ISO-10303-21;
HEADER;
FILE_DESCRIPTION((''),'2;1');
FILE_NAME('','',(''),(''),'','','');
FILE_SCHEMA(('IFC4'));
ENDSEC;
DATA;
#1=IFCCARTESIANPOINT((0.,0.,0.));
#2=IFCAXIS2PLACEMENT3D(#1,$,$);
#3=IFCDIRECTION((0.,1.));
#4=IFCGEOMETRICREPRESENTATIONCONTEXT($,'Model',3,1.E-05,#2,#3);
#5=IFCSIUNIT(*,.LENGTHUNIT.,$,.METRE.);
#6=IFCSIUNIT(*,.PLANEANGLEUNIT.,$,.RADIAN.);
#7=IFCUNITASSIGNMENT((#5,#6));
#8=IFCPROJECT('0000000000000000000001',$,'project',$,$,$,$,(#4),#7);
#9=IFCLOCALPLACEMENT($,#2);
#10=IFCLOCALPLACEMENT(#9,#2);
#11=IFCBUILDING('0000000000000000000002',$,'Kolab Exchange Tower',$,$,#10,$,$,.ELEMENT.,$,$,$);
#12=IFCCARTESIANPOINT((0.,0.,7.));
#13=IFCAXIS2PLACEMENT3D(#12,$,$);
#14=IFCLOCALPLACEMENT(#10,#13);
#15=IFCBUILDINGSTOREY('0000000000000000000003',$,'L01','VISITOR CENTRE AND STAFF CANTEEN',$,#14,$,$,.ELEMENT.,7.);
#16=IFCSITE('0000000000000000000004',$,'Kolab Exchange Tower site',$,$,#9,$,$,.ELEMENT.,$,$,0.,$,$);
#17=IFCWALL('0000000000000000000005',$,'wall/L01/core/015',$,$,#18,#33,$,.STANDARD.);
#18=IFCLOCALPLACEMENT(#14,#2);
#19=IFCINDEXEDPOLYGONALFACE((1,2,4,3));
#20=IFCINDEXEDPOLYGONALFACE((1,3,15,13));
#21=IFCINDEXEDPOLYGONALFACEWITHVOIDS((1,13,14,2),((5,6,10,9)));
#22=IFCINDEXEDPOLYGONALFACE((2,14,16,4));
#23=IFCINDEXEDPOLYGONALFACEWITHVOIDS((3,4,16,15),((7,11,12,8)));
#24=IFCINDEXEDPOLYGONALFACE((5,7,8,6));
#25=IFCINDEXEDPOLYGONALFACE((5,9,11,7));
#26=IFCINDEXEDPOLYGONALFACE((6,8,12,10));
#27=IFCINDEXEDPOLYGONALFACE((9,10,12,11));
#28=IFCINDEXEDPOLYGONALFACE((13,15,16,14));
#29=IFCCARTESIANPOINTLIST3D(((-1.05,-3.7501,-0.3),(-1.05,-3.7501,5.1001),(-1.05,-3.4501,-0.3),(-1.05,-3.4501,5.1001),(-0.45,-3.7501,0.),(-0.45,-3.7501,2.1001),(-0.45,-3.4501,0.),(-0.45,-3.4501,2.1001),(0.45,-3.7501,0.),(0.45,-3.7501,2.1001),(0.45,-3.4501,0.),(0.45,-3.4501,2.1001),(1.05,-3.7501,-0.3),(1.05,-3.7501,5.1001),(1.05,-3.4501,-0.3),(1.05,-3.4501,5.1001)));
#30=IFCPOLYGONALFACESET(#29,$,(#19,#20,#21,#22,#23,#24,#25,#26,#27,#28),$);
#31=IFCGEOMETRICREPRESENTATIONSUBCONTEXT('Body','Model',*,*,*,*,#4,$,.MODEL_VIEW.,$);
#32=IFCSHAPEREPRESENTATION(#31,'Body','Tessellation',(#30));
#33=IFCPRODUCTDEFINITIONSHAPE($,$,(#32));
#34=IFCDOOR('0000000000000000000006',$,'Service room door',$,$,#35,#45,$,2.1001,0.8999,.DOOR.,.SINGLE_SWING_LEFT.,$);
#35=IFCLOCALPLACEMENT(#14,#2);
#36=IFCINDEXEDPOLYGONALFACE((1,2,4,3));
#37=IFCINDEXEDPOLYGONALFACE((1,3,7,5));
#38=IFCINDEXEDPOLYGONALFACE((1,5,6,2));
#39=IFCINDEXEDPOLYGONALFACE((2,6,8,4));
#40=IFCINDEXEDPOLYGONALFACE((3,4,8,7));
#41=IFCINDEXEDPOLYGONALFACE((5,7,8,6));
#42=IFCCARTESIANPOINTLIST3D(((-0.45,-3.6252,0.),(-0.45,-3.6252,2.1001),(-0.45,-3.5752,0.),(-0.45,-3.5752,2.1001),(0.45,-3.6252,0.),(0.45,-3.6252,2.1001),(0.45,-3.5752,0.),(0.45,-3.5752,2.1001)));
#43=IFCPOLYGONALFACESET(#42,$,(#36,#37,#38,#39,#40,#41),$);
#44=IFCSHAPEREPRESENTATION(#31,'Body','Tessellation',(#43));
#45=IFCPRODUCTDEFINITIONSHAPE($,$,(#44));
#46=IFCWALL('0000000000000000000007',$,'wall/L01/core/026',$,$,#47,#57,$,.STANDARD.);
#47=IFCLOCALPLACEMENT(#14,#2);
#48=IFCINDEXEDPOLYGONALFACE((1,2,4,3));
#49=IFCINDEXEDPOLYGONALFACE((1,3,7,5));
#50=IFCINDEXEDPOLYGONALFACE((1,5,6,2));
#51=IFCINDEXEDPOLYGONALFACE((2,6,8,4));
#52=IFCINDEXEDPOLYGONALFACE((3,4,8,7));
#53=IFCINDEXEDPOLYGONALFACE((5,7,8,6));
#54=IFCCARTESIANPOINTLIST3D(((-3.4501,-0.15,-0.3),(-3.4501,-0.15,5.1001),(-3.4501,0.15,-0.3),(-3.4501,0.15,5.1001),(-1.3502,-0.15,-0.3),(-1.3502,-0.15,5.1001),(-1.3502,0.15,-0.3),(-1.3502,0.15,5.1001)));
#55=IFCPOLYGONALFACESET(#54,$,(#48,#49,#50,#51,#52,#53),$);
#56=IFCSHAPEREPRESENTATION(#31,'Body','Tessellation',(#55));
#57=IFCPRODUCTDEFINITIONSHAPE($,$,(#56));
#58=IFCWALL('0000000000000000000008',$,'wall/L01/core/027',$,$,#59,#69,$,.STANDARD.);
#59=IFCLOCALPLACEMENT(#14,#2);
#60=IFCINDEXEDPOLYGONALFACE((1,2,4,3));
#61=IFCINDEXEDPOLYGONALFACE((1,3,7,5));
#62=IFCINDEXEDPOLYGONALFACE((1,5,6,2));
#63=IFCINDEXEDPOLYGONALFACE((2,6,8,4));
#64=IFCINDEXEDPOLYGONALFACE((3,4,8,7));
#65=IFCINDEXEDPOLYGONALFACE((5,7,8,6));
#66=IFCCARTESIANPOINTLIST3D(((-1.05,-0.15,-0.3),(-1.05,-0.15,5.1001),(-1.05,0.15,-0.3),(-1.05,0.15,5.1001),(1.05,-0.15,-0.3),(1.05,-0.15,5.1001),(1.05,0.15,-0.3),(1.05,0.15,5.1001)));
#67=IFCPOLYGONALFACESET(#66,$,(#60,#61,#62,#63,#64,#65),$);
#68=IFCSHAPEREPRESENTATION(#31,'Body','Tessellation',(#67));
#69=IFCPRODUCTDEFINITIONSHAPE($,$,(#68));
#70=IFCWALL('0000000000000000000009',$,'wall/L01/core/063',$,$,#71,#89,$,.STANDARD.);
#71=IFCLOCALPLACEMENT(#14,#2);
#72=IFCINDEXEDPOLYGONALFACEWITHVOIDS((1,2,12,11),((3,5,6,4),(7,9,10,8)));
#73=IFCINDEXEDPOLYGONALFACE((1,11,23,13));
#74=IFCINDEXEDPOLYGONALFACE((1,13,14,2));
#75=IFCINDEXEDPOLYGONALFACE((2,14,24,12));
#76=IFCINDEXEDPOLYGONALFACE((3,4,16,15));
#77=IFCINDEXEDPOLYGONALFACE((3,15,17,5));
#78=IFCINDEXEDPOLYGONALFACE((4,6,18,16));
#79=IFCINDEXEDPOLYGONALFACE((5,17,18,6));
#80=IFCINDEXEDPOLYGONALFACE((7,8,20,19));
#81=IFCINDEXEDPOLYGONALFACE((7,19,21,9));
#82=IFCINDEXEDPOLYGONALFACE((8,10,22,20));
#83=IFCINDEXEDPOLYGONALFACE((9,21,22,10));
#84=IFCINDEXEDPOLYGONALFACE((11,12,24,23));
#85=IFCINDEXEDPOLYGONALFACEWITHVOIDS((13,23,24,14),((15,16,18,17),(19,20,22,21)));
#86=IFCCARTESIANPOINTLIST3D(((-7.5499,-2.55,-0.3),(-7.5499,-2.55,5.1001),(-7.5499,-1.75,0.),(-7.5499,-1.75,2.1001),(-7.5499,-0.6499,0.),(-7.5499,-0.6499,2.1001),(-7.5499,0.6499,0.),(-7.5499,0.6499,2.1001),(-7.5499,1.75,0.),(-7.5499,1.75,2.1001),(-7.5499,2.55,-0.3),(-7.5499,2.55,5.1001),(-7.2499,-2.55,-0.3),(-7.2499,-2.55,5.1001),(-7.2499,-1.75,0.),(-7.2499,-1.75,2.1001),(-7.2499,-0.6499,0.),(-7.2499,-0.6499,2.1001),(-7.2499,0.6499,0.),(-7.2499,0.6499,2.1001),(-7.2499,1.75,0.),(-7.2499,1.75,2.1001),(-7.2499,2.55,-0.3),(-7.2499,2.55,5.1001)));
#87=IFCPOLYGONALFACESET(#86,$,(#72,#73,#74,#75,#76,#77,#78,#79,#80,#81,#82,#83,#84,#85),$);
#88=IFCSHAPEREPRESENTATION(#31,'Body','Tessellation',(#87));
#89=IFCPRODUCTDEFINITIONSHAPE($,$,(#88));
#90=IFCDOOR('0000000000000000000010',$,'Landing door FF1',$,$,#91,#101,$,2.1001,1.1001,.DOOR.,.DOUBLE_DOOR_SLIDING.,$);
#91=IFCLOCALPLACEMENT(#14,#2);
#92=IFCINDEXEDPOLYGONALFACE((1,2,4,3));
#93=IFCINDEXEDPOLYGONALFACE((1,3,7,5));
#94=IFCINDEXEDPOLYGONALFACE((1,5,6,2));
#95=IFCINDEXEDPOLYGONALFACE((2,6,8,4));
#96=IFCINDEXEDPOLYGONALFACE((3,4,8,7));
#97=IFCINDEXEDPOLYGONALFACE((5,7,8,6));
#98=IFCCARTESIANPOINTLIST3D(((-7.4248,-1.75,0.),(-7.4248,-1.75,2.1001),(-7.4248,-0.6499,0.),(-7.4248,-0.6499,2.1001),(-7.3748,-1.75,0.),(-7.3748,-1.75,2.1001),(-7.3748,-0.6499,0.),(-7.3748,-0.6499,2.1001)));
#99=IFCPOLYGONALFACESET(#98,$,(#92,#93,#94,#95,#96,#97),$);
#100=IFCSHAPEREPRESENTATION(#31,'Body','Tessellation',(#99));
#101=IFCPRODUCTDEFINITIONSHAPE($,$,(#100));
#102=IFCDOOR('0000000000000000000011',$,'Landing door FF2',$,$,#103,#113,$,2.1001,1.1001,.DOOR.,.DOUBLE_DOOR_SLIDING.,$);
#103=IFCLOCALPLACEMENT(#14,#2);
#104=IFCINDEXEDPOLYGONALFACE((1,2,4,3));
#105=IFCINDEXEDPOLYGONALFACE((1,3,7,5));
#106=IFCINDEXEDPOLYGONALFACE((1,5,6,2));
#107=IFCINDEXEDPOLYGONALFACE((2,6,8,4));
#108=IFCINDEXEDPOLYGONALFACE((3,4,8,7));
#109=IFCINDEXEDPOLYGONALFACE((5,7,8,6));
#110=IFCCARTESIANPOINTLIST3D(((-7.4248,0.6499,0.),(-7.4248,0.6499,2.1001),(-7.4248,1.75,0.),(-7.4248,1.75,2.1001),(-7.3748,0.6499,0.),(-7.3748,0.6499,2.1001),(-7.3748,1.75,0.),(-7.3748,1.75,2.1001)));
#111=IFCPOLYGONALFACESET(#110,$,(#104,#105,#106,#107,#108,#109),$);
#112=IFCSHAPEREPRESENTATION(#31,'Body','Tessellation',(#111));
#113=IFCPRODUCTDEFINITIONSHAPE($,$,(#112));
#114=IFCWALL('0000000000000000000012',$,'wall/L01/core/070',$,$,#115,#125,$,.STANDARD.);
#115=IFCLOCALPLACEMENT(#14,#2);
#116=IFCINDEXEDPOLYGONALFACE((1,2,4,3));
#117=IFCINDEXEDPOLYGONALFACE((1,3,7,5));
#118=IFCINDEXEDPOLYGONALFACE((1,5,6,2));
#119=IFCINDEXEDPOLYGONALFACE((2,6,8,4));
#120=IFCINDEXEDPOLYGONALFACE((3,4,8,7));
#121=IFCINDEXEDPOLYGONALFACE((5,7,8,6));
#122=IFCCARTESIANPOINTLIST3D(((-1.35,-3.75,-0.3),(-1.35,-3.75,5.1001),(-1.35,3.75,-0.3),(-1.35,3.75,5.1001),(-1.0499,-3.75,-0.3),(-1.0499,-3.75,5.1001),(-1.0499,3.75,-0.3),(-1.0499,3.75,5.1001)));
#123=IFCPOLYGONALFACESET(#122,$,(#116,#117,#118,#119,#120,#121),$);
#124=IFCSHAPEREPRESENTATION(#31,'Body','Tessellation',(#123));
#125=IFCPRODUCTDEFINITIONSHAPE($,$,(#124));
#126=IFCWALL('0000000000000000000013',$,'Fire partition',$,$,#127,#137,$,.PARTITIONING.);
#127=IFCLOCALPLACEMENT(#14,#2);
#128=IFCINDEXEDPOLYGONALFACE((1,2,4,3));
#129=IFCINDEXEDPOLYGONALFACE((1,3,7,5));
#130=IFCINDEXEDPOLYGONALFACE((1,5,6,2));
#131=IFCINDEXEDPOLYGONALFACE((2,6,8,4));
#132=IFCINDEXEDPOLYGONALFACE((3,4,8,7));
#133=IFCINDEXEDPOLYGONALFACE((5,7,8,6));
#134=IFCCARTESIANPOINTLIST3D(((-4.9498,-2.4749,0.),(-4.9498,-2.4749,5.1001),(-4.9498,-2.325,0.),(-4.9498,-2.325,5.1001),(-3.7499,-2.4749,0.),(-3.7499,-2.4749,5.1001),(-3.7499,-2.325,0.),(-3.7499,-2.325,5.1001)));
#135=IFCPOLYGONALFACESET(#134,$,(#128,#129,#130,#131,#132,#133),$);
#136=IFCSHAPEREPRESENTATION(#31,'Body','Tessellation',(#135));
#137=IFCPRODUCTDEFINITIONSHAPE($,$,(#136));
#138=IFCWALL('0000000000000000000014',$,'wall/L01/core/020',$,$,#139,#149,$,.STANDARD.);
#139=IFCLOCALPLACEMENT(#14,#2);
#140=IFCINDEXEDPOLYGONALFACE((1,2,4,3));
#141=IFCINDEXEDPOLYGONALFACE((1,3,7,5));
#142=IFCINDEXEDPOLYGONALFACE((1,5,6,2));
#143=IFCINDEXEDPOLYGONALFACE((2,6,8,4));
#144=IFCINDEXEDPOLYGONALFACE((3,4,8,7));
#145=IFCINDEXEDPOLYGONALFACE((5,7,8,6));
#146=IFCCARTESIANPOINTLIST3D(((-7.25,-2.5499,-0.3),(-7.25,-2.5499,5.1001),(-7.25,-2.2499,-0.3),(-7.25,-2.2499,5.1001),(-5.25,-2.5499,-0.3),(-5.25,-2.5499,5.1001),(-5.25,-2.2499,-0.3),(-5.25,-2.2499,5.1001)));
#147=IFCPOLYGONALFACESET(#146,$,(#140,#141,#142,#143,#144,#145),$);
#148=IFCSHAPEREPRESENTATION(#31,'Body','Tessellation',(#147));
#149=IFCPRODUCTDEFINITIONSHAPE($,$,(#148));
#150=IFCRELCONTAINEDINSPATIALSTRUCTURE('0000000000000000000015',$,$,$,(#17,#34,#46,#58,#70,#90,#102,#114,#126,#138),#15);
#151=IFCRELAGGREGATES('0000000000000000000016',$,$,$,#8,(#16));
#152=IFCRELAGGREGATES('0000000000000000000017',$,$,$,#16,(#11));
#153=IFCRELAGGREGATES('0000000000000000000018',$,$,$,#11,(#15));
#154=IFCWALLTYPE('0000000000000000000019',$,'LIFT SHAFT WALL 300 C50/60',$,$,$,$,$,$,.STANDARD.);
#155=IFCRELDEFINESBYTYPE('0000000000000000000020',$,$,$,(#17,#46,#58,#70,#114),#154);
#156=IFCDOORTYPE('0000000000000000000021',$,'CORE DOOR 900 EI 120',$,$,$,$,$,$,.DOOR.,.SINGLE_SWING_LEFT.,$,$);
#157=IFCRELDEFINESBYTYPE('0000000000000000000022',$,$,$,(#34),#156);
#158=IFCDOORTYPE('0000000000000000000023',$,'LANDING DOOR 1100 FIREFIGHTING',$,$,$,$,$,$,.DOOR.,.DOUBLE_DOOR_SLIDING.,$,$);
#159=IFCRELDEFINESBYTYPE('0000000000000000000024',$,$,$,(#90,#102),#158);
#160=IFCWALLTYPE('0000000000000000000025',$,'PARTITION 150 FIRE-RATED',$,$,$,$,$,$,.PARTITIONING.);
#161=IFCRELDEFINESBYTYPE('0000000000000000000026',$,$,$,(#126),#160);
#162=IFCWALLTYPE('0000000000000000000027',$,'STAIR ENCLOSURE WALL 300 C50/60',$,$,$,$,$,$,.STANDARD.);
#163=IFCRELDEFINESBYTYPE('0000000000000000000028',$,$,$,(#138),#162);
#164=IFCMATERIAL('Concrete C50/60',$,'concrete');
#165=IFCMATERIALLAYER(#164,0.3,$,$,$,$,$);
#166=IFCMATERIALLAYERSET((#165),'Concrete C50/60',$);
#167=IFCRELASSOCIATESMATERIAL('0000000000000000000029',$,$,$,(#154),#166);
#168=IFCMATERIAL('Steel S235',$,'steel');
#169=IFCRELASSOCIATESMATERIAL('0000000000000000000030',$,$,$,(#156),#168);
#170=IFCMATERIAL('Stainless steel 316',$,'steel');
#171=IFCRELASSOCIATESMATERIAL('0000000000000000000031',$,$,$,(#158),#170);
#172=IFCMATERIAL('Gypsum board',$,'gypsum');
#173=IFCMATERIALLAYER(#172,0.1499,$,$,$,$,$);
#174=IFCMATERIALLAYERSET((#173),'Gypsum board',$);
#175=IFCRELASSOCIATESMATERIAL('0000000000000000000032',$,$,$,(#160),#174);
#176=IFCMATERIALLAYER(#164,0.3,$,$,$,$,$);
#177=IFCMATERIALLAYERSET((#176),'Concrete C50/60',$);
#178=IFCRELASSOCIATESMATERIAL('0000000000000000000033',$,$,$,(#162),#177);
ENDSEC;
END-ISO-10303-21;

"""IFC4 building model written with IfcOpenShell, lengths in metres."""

from ifc_helpers import new_model, si_unit, direction, frame, frame_2d, origin, place, context, subcontext, project, spatial, rectangle, extrude, material, layer, layer_set, type_object, element, fill, save


model = new_model("IFC4")

# Units and contexts
model_context = context("Model", 3, precision=1e-05, world=origin(), true_north=direction((0.0, 1.0)))
body_context = subcontext(model_context, "Body", "Model", "MODEL_VIEW")
ifc_project = project(units=[si_unit("LENGTHUNIT", "METRE"), si_unit("PLANEANGLEUNIT", "RADIAN")], contexts=[model_context])

# Site, building, storey
site_placement = place(None, origin())
site = spatial("IfcSite", under=ifc_project, at=site_placement, Name="Kolab Exchange Tower site", CompositionType="ELEMENT", RefElevation=0.0)
building_placement = place(site_placement, origin())
building = spatial("IfcBuilding", under=site, at=building_placement, Name="Kolab Exchange Tower", CompositionType="ELEMENT")
storey_placement = place(building_placement, frame((0.0, 0.0, 7.0)))
storey = spatial("IfcBuildingStorey", under=building, at=storey_placement, Name="L01", Description="VISITOR CENTRE AND STAFF CANTEEN", CompositionType="ELEMENT", Elevation=7.0)

# Wall, opening, door
ifc_material_1 = material(Name="Concrete C50/60", Category="concrete")
ifc_layer_1 = layer(ifc_material_1, 0.3)
ifc_layer_set_1 = layer_set([ifc_layer_1], Name="Concrete C50/60")
wall_type_1 = type_object("IfcWallType", Name="LIFT SHAFT WALL 300 C50/60", PredefinedType="STANDARD", material=ifc_layer_set_1)
ifc_material_2 = material(Name="Steel S235", Category="steel")
door_type_1 = type_object("IfcDoorType", Name="CORE DOOR 900 EI 120", OperationType="SINGLE_SWING_LEFT", PredefinedType="DOOR", material=ifc_material_2)
wall_1_placement = place(storey_placement, frame((-1.05, -3.6001, -0.3), z_axis=(0.0, 0.0, 1.0), x_axis=(1.0, 0.0, 0.0)))
wall_1 = element("IfcWall", 1, at=wall_1_placement, inside=storey, type_object=wall_type_1, Name="wall/L01/core/015", PredefinedType="STANDARD", context=body_context, shape_type="SweptSolid", body=[
    extrude(rectangle(XDim=2.1001, YDim=0.3, at=frame_2d((1.05, 0.0))), origin(), (0.0, 0.0, 1.0), 5.4001),
])
opening_1_placement = place(wall_1_placement, frame((0.6001, 0.0, 0.3)))
opening_1 = element("IfcOpeningElement", 2, at=opening_1_placement, cuts=wall_1, PredefinedType="OPENING", context=body_context, shape_type="SweptSolid", body=[
    extrude(rectangle(XDim=0.8999, YDim=2.1001, at=frame_2d((0.45, 1.05))), frame((0.0, 0.1602, 0.0), z_axis=(0.0, -1.0, 0.0), x_axis=(1.0, 0.0, 0.0)), (0.0, 0.0, 1.0), 0.3201),
])
door_1_placement = place(opening_1_placement, origin())
door_1 = element("IfcDoor", 3, at=door_1_placement, inside=storey, type_object=door_type_1, Name="Service room door", OperationType="SINGLE_SWING_LEFT", OverallHeight=2.1001, OverallWidth=0.8999, PredefinedType="DOOR", context=body_context, shape_type="SweptSolid", body=[
    extrude(rectangle(XDim=0.8999, YDim=2.1001, at=frame_2d((0.45, 1.05))), frame((0.0, 0.0249, 0.0), z_axis=(0.0, -1.0, 0.0), x_axis=(1.0, 0.0, 0.0)), (0.0, 0.0, 1.0), 0.05),
])
fill(opening_1, door_1)

# Walls
wall_2_placement = place(storey_placement, frame((-3.45, 0.0, -0.3), z_axis=(0.0, 0.0, 1.0), x_axis=(1.0, 0.0, 0.0)))
element("IfcWall", 4, at=wall_2_placement, inside=storey, type_object=wall_type_1, Name="wall/L01/core/026", PredefinedType="STANDARD", context=body_context, shape_type="SweptSolid", body=[
    extrude(rectangle(XDim=2.0999, YDim=0.3, at=frame_2d((1.0498, 0.0))), origin(), (0.0, 0.0, 1.0), 5.4001),
])
wall_3_placement = place(storey_placement, frame((-1.05, 0.0, -0.3), z_axis=(0.0, 0.0, 1.0), x_axis=(1.0, 0.0, 0.0)))
element("IfcWall", 5, at=wall_3_placement, inside=storey, type_object=wall_type_1, Name="wall/L01/core/027", PredefinedType="STANDARD", context=body_context, shape_type="SweptSolid", body=[
    extrude(rectangle(XDim=2.1001, YDim=0.3, at=frame_2d((1.05, 0.0))), origin(), (0.0, 0.0, 1.0), 5.4001),
])

# Wall, openings, doors
wall_4_placement = place(storey_placement, frame((-7.3999, -2.55, -0.3), z_axis=(0.0, 0.0, 1.0), x_axis=(0.0, 1.0, 0.0)))
wall_4 = element("IfcWall", 6, at=wall_4_placement, inside=storey, type_object=wall_type_1, Name="wall/L01/core/063", PredefinedType="STANDARD", context=body_context, shape_type="SweptSolid", body=[
    extrude(rectangle(XDim=5.1001, YDim=0.3, at=frame_2d((2.55, 0.0))), origin(), (0.0, 0.0, 1.0), 5.4001),
])
opening_2_placement = place(wall_4_placement, frame((0.8, 0.0, 0.3)))
opening_2 = element("IfcOpeningElement", 7, at=opening_2_placement, cuts=wall_4, PredefinedType="OPENING", context=body_context, shape_type="SweptSolid", body=[
    extrude(rectangle(XDim=1.1001, YDim=2.1001, at=frame_2d((0.55, 1.05))), frame((0.0, 0.1602, 0.0), z_axis=(0.0, -1.0, 0.0), x_axis=(1.0, 0.0, 0.0)), (0.0, 0.0, 1.0), 0.3201),
])
opening_3_placement = place(wall_4_placement, frame((3.2, 0.0, 0.3)))
opening_3 = element("IfcOpeningElement", 8, at=opening_3_placement, cuts=wall_4, PredefinedType="OPENING", context=body_context, shape_type="SweptSolid", body=[
    extrude(rectangle(XDim=1.1001, YDim=2.1001, at=frame_2d((0.55, 1.05))), frame((0.0, 0.1602, 0.0), z_axis=(0.0, -1.0, 0.0), x_axis=(1.0, 0.0, 0.0)), (0.0, 0.0, 1.0), 0.3201),
])
ifc_material_3 = material(Name="Stainless steel 316", Category="steel")
door_type_2 = type_object("IfcDoorType", Name="LANDING DOOR 1100 FIREFIGHTING", OperationType="DOUBLE_DOOR_SLIDING", PredefinedType="DOOR", material=ifc_material_3)
door_2_placement = place(opening_2_placement, origin())
door_2 = element("IfcDoor", 9, at=door_2_placement, inside=storey, type_object=door_type_2, Name="Landing door FF1", OperationType="DOUBLE_DOOR_SLIDING", OverallHeight=2.1001, OverallWidth=1.1001, PredefinedType="DOOR", context=body_context, shape_type="SweptSolid", body=[
    extrude(rectangle(XDim=1.1001, YDim=2.1001, at=frame_2d((0.55, 1.05))), frame((0.0, 0.0249, 0.0), z_axis=(0.0, -1.0, 0.0), x_axis=(1.0, 0.0, 0.0)), (0.0, 0.0, 1.0), 0.05),
])
fill(opening_2, door_2)
door_3_placement = place(opening_3_placement, origin())
door_3 = element("IfcDoor", 10, at=door_3_placement, inside=storey, type_object=door_type_2, Name="Landing door FF2", OperationType="DOUBLE_DOOR_SLIDING", OverallHeight=2.1001, OverallWidth=1.1001, PredefinedType="DOOR", context=body_context, shape_type="SweptSolid", body=[
    extrude(rectangle(XDim=1.1001, YDim=2.1001, at=frame_2d((0.55, 1.05))), frame((0.0, 0.0249, 0.0), z_axis=(0.0, -1.0, 0.0), x_axis=(1.0, 0.0, 0.0)), (0.0, 0.0, 1.0), 0.05),
])
fill(opening_3, door_3)

# Walls
wall_5_placement = place(storey_placement, frame((-1.2, -3.75, -0.3), z_axis=(0.0, 0.0, 1.0), x_axis=(0.0, 1.0, 0.0)))
element("IfcWall", 11, at=wall_5_placement, inside=storey, type_object=wall_type_1, Name="wall/L01/core/070", PredefinedType="STANDARD", context=body_context, shape_type="SweptSolid", body=[
    extrude(rectangle(XDim=7.5, YDim=0.3, at=frame_2d((3.75, 0.0))), origin(), (0.0, 0.0, 1.0), 5.4001),
])
ifc_material_4 = material(Name="Gypsum board", Category="gypsum")
ifc_layer_2 = layer(ifc_material_4, 0.1499)
ifc_layer_set_2 = layer_set([ifc_layer_2], Name="Gypsum board")
wall_type_2 = type_object("IfcWallType", Name="PARTITION 150 FIRE-RATED", PredefinedType="PARTITIONING", material=ifc_layer_set_2)
wall_6_placement = place(storey_placement, frame((-4.95, -2.3999, 0.0), z_axis=(0.0, 0.0, 1.0), x_axis=(1.0, 0.0, 0.0)))
element("IfcWall", 12, at=wall_6_placement, inside=storey, type_object=wall_type_2, Name="Fire partition", PredefinedType="PARTITIONING", context=body_context, shape_type="SweptSolid", body=[
    extrude(rectangle(XDim=1.2, YDim=0.1499, at=frame_2d((0.6001, 0.0))), origin(), (0.0, 0.0, 1.0), 5.1001),
])
ifc_layer_3 = layer(ifc_material_1, 0.3)
ifc_layer_set_3 = layer_set([ifc_layer_3], Name="Concrete C50/60")
wall_type_3 = type_object("IfcWallType", Name="STAIR ENCLOSURE WALL 300 C50/60", PredefinedType="STANDARD", material=ifc_layer_set_3)
wall_7_placement = place(storey_placement, frame((-7.25, -2.3999, -0.3), z_axis=(0.0, 0.0, 1.0), x_axis=(1.0, 0.0, 0.0)))
element("IfcWall", 13, at=wall_7_placement, inside=storey, type_object=wall_type_3, Name="wall/L01/core/020", PredefinedType="STANDARD", context=body_context, shape_type="SweptSolid", body=[
    extrude(rectangle(XDim=2.0, YDim=0.3, at=frame_2d((1.0, 0.0))), origin(), (0.0, 0.0, 1.0), 5.4001),
])

save(model, "model.ifc")
